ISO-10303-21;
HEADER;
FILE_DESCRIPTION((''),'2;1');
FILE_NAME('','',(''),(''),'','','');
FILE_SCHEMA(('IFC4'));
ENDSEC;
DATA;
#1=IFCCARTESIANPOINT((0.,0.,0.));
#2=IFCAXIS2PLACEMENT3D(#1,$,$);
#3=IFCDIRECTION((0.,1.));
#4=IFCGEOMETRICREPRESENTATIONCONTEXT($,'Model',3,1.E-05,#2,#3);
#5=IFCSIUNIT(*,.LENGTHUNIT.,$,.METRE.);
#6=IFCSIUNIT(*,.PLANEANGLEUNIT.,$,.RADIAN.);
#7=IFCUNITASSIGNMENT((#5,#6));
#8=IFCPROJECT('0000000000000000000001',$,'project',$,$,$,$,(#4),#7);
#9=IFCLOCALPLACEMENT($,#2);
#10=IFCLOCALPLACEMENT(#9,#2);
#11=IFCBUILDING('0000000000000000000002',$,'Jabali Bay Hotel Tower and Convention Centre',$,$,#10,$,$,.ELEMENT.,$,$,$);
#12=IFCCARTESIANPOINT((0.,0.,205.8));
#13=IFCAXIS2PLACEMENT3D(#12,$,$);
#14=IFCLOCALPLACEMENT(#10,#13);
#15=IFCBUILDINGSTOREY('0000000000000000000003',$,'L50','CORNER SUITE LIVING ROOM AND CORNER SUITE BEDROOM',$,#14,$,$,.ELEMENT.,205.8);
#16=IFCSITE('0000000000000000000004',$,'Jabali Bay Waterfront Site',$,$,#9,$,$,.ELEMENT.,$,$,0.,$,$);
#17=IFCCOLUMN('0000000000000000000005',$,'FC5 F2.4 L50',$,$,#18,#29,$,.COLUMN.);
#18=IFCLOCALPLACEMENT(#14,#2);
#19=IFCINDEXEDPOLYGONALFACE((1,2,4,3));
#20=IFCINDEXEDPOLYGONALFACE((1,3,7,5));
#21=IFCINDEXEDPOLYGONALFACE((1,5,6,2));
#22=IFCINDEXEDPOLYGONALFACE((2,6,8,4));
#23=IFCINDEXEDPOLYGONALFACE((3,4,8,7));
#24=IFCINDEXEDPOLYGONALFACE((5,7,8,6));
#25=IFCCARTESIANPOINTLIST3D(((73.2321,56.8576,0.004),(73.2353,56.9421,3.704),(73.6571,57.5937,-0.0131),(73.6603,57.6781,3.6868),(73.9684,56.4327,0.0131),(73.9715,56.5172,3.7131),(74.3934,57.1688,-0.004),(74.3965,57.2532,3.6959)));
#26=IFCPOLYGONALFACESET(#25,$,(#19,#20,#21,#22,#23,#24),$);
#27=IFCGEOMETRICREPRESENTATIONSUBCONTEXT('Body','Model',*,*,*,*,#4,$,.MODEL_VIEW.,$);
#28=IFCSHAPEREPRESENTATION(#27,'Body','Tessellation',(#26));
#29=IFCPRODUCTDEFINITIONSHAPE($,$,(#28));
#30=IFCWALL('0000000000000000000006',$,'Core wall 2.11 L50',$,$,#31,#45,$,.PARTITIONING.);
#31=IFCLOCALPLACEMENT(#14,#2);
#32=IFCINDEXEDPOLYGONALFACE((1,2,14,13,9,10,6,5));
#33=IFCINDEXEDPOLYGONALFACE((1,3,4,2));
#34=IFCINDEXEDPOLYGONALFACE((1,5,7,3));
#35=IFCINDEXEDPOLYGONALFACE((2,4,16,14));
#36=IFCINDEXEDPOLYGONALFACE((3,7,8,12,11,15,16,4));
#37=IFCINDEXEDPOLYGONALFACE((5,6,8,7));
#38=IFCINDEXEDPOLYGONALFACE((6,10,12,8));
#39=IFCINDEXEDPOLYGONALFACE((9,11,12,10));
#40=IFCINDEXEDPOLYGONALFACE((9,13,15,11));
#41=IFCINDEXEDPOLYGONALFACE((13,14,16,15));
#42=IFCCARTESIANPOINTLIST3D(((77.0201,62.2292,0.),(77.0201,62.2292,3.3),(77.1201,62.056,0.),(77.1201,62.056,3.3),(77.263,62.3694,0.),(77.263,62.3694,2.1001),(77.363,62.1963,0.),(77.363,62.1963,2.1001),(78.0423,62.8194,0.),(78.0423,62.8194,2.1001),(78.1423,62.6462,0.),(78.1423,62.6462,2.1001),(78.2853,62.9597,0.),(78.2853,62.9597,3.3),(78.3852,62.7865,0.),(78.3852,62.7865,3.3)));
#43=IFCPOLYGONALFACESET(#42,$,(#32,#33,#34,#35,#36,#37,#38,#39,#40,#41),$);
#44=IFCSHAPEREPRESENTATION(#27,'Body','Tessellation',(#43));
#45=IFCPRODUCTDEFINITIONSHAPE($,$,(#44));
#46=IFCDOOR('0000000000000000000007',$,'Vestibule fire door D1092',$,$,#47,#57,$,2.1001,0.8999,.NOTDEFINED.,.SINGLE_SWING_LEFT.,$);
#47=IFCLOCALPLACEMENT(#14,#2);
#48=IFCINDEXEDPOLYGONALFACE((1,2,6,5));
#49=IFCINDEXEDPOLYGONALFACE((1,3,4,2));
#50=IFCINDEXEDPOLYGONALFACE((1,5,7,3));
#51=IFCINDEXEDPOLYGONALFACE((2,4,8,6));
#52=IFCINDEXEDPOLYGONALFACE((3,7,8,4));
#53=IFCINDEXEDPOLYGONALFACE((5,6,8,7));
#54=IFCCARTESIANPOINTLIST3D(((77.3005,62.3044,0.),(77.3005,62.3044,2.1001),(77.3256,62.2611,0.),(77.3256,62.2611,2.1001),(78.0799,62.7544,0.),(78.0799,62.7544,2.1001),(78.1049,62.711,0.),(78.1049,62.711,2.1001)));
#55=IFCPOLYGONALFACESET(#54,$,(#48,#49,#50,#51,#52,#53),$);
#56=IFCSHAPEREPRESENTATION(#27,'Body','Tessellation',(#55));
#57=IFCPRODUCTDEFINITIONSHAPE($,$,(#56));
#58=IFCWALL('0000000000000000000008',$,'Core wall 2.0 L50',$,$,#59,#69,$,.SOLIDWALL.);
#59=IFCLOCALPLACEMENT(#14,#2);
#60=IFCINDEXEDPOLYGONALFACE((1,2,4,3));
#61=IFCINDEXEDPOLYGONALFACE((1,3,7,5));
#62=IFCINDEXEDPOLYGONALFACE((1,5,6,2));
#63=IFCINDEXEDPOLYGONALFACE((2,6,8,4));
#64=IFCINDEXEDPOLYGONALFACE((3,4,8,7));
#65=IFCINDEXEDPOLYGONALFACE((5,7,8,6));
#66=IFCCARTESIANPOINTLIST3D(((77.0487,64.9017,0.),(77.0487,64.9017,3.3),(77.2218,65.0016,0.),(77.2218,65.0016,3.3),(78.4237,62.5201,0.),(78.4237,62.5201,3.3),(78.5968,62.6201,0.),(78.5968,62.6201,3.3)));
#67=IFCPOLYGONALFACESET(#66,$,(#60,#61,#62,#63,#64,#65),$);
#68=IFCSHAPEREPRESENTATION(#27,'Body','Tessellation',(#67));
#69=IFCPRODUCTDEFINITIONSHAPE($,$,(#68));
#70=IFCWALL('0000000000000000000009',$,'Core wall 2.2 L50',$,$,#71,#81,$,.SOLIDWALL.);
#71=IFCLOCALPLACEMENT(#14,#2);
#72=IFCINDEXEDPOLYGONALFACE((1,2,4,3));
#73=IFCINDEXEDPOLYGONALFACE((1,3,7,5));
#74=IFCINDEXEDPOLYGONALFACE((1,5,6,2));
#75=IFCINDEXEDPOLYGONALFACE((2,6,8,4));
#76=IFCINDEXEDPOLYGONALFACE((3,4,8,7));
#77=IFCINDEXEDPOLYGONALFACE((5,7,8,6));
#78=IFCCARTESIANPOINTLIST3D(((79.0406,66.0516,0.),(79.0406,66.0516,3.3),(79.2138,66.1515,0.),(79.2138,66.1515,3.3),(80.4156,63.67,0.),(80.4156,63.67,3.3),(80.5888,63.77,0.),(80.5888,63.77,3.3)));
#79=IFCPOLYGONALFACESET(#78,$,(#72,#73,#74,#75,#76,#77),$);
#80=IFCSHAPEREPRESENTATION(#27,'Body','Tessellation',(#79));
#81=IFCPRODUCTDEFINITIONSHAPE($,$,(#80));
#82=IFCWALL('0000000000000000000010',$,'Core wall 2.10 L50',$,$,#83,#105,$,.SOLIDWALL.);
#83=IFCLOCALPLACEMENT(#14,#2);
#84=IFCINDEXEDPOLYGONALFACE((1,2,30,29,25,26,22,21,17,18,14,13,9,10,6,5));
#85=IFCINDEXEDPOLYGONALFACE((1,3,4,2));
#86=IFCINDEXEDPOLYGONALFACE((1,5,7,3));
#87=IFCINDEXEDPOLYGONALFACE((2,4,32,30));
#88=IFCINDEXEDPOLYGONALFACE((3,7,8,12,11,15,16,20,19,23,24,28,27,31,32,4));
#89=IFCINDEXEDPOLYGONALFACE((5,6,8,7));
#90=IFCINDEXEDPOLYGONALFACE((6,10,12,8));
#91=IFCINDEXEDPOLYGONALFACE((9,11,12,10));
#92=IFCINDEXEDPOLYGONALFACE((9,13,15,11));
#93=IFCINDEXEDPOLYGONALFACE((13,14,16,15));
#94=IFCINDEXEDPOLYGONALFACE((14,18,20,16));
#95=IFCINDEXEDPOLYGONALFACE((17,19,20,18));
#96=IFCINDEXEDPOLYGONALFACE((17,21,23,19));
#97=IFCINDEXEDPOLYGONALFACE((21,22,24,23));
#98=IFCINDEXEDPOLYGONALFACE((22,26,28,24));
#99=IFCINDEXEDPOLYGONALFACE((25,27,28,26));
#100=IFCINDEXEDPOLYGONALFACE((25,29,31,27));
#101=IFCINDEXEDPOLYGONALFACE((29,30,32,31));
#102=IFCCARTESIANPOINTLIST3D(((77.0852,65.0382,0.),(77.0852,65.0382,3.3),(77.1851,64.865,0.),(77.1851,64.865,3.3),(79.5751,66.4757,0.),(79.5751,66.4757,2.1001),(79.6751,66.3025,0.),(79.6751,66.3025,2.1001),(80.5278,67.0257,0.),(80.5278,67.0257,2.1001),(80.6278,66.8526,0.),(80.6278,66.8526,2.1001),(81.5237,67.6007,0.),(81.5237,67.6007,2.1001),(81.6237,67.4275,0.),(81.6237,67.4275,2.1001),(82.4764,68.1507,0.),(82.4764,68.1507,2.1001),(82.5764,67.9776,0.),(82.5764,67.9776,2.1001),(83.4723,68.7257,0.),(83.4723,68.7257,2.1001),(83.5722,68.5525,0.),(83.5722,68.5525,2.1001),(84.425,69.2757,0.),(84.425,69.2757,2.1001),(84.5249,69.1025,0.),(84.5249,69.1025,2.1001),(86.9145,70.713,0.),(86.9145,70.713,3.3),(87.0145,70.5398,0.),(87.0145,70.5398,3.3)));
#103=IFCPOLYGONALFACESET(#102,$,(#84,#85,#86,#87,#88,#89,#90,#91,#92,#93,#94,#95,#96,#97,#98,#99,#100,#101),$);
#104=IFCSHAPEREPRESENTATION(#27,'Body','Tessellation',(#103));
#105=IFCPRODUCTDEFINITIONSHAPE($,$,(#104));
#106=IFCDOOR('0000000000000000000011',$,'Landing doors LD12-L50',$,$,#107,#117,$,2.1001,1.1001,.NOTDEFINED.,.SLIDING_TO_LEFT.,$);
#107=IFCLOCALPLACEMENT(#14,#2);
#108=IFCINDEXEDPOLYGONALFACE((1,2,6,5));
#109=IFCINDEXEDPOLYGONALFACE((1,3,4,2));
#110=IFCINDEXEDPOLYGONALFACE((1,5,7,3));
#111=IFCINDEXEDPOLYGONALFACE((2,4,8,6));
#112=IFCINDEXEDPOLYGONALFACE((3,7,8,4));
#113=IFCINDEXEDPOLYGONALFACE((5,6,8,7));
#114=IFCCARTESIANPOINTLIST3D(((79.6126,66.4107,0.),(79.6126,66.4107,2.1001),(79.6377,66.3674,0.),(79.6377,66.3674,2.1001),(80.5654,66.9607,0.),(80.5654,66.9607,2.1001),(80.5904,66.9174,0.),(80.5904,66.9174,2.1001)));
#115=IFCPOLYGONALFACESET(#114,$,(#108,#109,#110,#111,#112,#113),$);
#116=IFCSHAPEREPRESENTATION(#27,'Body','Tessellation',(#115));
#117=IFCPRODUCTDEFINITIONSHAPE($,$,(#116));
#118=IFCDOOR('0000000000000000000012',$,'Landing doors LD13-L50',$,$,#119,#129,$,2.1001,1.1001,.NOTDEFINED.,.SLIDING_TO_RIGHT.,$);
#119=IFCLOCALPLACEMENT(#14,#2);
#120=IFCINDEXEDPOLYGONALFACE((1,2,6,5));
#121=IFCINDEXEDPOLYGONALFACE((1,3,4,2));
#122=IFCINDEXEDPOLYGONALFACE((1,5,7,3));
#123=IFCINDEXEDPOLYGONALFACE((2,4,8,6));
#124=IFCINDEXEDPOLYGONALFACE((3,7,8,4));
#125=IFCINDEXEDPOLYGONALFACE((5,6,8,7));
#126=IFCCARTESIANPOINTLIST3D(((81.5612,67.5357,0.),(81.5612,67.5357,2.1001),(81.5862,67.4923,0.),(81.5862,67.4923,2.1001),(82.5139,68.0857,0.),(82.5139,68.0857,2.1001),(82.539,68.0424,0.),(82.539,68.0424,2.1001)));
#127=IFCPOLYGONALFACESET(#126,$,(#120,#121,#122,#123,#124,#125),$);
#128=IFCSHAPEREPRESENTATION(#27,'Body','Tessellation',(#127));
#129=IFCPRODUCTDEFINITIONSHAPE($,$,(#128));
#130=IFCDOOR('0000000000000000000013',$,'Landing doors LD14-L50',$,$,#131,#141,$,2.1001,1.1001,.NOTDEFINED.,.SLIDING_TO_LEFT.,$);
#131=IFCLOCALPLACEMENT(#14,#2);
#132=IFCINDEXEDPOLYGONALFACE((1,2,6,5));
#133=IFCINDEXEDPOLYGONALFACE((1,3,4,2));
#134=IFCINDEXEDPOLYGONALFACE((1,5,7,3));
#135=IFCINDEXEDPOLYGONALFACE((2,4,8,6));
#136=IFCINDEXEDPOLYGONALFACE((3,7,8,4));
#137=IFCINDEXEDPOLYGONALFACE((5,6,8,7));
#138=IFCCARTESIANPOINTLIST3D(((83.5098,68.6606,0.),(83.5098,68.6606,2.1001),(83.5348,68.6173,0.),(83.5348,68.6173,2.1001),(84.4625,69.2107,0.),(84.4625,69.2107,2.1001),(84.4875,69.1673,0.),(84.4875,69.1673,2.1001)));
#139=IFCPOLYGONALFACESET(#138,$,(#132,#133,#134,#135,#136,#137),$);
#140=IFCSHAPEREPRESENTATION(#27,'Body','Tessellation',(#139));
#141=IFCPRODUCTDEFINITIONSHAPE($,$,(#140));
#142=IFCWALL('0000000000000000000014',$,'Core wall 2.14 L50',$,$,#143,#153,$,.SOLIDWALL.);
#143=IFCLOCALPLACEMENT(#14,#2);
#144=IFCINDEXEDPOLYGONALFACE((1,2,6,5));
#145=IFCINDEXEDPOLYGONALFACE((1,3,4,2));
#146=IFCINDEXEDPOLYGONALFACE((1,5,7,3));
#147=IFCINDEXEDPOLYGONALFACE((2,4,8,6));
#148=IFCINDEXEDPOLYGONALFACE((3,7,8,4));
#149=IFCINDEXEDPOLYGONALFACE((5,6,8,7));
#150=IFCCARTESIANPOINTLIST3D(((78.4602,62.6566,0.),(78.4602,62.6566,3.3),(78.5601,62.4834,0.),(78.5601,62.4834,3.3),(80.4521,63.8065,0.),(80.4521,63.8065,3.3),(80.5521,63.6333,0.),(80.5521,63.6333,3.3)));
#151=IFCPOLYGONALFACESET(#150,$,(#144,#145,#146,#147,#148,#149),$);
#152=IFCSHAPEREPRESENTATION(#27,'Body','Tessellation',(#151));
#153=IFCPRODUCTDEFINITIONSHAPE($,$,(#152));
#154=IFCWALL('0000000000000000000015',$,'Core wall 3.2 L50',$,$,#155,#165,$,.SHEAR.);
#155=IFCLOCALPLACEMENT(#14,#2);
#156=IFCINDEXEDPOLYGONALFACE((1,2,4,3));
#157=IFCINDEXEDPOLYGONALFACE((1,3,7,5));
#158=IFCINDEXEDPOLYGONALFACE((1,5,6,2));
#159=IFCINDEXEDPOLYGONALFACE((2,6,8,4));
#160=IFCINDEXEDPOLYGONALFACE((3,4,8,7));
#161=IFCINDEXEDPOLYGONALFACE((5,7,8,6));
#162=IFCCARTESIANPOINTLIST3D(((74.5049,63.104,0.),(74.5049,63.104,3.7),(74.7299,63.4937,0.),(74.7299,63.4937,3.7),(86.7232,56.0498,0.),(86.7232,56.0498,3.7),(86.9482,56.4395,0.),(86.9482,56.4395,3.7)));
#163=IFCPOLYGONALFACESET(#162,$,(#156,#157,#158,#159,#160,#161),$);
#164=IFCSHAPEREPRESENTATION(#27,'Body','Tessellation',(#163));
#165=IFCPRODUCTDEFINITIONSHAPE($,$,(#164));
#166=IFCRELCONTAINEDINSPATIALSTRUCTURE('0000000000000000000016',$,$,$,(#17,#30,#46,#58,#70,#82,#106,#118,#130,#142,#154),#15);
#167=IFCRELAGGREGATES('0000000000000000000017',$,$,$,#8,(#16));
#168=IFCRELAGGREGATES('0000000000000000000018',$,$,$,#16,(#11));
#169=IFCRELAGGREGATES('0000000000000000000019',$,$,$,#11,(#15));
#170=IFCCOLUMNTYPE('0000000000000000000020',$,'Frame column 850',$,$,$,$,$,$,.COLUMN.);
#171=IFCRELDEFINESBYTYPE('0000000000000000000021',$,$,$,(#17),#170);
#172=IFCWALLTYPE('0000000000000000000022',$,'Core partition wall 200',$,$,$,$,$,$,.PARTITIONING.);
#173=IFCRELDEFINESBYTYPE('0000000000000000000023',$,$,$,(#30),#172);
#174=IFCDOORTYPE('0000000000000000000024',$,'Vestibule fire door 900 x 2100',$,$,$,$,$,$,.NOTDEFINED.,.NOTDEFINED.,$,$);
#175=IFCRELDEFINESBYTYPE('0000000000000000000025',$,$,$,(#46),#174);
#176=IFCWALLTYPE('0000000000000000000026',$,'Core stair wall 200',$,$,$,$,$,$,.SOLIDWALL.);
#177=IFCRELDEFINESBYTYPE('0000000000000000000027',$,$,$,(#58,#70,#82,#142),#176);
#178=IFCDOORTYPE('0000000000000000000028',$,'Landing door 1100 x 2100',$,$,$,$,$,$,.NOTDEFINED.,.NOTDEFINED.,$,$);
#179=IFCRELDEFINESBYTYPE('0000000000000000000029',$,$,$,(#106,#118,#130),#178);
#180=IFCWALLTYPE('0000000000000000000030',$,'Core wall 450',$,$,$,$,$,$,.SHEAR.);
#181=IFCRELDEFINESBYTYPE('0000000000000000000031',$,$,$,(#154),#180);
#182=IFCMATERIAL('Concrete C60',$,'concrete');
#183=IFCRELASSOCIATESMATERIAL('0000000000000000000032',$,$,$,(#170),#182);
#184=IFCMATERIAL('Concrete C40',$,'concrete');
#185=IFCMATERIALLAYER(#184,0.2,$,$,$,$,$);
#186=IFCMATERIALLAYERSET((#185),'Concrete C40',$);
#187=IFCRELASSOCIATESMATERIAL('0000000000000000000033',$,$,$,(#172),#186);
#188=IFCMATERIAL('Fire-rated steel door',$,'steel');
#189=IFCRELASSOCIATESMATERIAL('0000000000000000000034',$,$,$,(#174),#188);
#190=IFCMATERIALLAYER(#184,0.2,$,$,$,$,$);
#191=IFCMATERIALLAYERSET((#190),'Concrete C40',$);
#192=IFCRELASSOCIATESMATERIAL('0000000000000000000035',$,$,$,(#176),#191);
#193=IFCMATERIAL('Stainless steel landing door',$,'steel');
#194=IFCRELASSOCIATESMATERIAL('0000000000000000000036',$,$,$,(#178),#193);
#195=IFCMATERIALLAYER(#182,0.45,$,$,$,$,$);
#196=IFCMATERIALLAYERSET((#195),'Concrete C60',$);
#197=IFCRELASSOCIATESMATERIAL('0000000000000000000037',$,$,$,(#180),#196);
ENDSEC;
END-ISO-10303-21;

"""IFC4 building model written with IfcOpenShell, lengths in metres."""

from ifc_helpers import new_model, si_unit, direction, frame, frame_2d, origin, origin_2d, place, context, subcontext, project, spatial, rectangle, extrude, material, layer, layer_set, material_profile, profile_set, type_object, element, fill, save


model = new_model("IFC4")

# Units and contexts
model_context = context("Model", 3, precision=1e-05, world=origin(), true_north=direction((0.0, 1.0)))
body_context = subcontext(model_context, "Body", "Model", "MODEL_VIEW")
ifc_project = project(units=[si_unit("LENGTHUNIT", "METRE"), si_unit("PLANEANGLEUNIT", "RADIAN")], contexts=[model_context])

# Site, building, storey
site_placement = place(None, origin())
site = spatial("IfcSite", under=ifc_project, at=site_placement, Name="Jabali Bay Waterfront Site", CompositionType="ELEMENT", RefElevation=0.0)
building_placement = place(site_placement, origin())
building = spatial("IfcBuilding", under=site, at=building_placement, Name="Jabali Bay Hotel Tower and Convention Centre", CompositionType="ELEMENT")
storey_placement = place(building_placement, frame((0.0, 0.0, 205.8)))
storey = spatial("IfcBuildingStorey", under=building, at=storey_placement, Name="L50", Description="CORNER SUITE LIVING ROOM AND CORNER SUITE BEDROOM", CompositionType="ELEMENT", Elevation=205.8)

# Column
ifc_material_1 = material(Name="Concrete C60", Category="concrete")
ifc_material_profile = material_profile(ifc_material_1, rectangle(XDim=0.8501, YDim=0.8501, at=origin_2d()), Name="Frame column 850")
ifc_profile_set = profile_set([ifc_material_profile], Name="Concrete C60")
column_type = type_object("IfcColumnType", Name="Frame column 850", PredefinedType="COLUMN", material=ifc_profile_set)
column_placement = place(storey_placement, frame((73.8127, 57.0132, 0.0), z_axis=(0.000858, 0.022825, 0.999739), x_axis=(-0.499939, -0.865825, 0.020196)))
element("IfcColumn", 1, at=column_placement, inside=storey, type_object=column_type, Name="FC5 F2.4 L50", PredefinedType="COLUMN", context=body_context, shape_type="SweptSolid", body=[
    extrude(rectangle(XDim=0.8501, YDim=0.8501, at=origin_2d()), origin(), (0.0, 0.0, 1.0), 3.7009),
])

# Wall, opening, door
ifc_material_2 = material(Name="Concrete C40", Category="concrete")
ifc_layer_1 = layer(ifc_material_2, 0.2)
ifc_layer_set_1 = layer_set([ifc_layer_1], Name="Concrete C40")
wall_type_1 = type_object("IfcWallType", Name="Core partition wall 200", PredefinedType="PARTITIONING", material=ifc_layer_set_1)
wall_1_placement = place(storey_placement, frame((77.0701, 62.1426, 0.0), z_axis=(0.0, 0.0, 1.0), x_axis=(0.866013, 0.500021, 0.0)))
wall_1 = element("IfcWall", 2, at=wall_1_placement, inside=storey, type_object=wall_type_1, Name="Core wall 2.11 L50", PredefinedType="PARTITIONING", context=body_context, shape_type="SweptSolid", body=[
    extrude(rectangle(XDim=1.4609, YDim=0.2, at=frame_2d((0.7305, 0.0))), origin(), (0.0, 0.0, 1.0), 3.3),
])
opening_1_placement = place(wall_1_placement, frame((0.2805, 0.0, 0.0)))
opening_1 = element("IfcOpeningElement", 3, at=opening_1_placement, cuts=wall_1, PredefinedType="OPENING", context=body_context, shape_type="SweptSolid", body=[
    extrude(rectangle(XDim=0.8999, YDim=2.1001, at=frame_2d((0.45, 1.05))), frame((0.0, 0.1104, 0.0), z_axis=(0.0, -1.0, 0.0), x_axis=(1.0, 0.0, 0.0)), (0.0, 0.0, 1.0), 0.2209),
])
ifc_material_3 = material(Name="Fire-rated steel door", Category="steel")
door_type_1 = type_object("IfcDoorType", Name="Vestibule fire door 900 x 2100", OperationType="NOTDEFINED", PredefinedType="NOTDEFINED", material=ifc_material_3)
door_1_placement = place(opening_1_placement, origin())
door_1 = element("IfcDoor", 4, at=door_1_placement, inside=storey, type_object=door_type_1, Name="Vestibule fire door D1092", OperationType="SINGLE_SWING_LEFT", OverallHeight=2.1001, OverallWidth=0.8999, PredefinedType="NOTDEFINED", context=body_context, shape_type="SweptSolid", body=[
    extrude(rectangle(XDim=0.8999, YDim=2.1001, at=frame_2d((0.45, 1.05))), frame((0.0, 0.0249, 0.0), z_axis=(0.0, -1.0, 0.0), x_axis=(1.0, 0.0, 0.0)), (0.0, 0.0, 1.0), 0.05),
])
fill(opening_1, door_1)

# Walls
ifc_layer_2 = layer(ifc_material_2, 0.2)
ifc_layer_set_2 = layer_set([ifc_layer_2], Name="Concrete C40")
wall_type_2 = type_object("IfcWallType", Name="Core stair wall 200", PredefinedType="SOLIDWALL", material=ifc_layer_set_2)
for number, where, z_axis, x_axis, name in (
    (5, (77.1353, 64.9517, 0.0), (0.0, 0.0, 1.0), (0.499997, -0.866027, 0.0), "Core wall 2.0 L50"),
    (6, (79.1272, 66.1016, 0.0), (0.0, 0.0, 1.0), (0.499997, -0.866027, 0.0), "Core wall 2.2 L50"),
):
    element("IfcWall", number, at=place(storey_placement, frame(where, z_axis=z_axis, x_axis=x_axis)), inside=storey, type_object=wall_type_2, Name=name, PredefinedType="SOLIDWALL", context=body_context, shape_type="SweptSolid", body=[
        extrude(rectangle(XDim=2.75, YDim=0.2, at=frame_2d((1.375, 0.0))), origin(), (0.0, 0.0, 1.0), 3.3),
    ])

# Wall, openings, doors
wall_2_placement = place(storey_placement, frame((77.1353, 64.9517, 0.0), z_axis=(0.0, 0.0, 1.0), x_axis=(0.866032, 0.499989, 0.0)))
wall_2 = element("IfcWall", 7, at=wall_2_placement, inside=storey, type_object=wall_type_2, Name="Core wall 2.10 L50", PredefinedType="SOLIDWALL", context=body_context, shape_type="SweptSolid", body=[
    extrude(rectangle(XDim=11.3499, YDim=0.2, at=frame_2d((5.6748, 0.0))), origin(), (0.0, 0.0, 1.0), 3.3),
])
opening_2_placement = place(wall_2_placement, frame((2.875, 0.0, 0.0)))
opening_2 = element("IfcOpeningElement", 8, at=opening_2_placement, cuts=wall_2, PredefinedType="OPENING", context=body_context, shape_type="SweptSolid", body=[
    extrude(rectangle(XDim=1.1001, YDim=2.1001, at=frame_2d((0.55, 1.05))), frame((0.0, 0.1104, 0.0), z_axis=(0.0, -1.0, 0.0), x_axis=(1.0, 0.0, 0.0)), (0.0, 0.0, 1.0), 0.2209),
])
opening_3_placement = place(wall_2_placement, frame((5.125, 0.0, 0.0)))
opening_3 = element("IfcOpeningElement", 9, at=opening_3_placement, cuts=wall_2, PredefinedType="OPENING", context=body_context, shape_type="SweptSolid", body=[
    extrude(rectangle(XDim=1.1001, YDim=2.1001, at=frame_2d((0.55, 1.05))), frame((0.0, 0.1104, 0.0), z_axis=(0.0, -1.0, 0.0), x_axis=(1.0, 0.0, 0.0)), (0.0, 0.0, 1.0), 0.2209),
])
opening_4_placement = place(wall_2_placement, frame((7.375, 0.0, 0.0)))
opening_4 = element("IfcOpeningElement", 10, at=opening_4_placement, cuts=wall_2, PredefinedType="OPENING", context=body_context, shape_type="SweptSolid", body=[
    extrude(rectangle(XDim=1.1001, YDim=2.1001, at=frame_2d((0.55, 1.05))), frame((0.0, 0.1104, 0.0), z_axis=(0.0, -1.0, 0.0), x_axis=(1.0, 0.0, 0.0)), (0.0, 0.0, 1.0), 0.2209),
])
ifc_material_4 = material(Name="Stainless steel landing door", Category="steel")
door_type_2 = type_object("IfcDoorType", Name="Landing door 1100 x 2100", OperationType="NOTDEFINED", PredefinedType="NOTDEFINED", material=ifc_material_4)
door_2_placement = place(opening_2_placement, origin())
door_2 = element("IfcDoor", 11, at=door_2_placement, inside=storey, type_object=door_type_2, Name="Landing doors LD12-L50", OperationType="SLIDING_TO_LEFT", OverallHeight=2.1001, OverallWidth=1.1001, PredefinedType="NOTDEFINED", context=body_context, shape_type="SweptSolid", body=[
    extrude(rectangle(XDim=1.1001, YDim=2.1001, at=frame_2d((0.55, 1.05))), frame((0.0, 0.0249, 0.0), z_axis=(0.0, -1.0, 0.0), x_axis=(1.0, 0.0, 0.0)), (0.0, 0.0, 1.0), 0.05),
])
fill(opening_2, door_2)
door_3_placement = place(opening_3_placement, origin())
door_3 = element("IfcDoor", 12, at=door_3_placement, inside=storey, type_object=door_type_2, Name="Landing doors LD13-L50", OperationType="SLIDING_TO_RIGHT", OverallHeight=2.1001, OverallWidth=1.1001, PredefinedType="NOTDEFINED", context=body_context, shape_type="SweptSolid", body=[
    extrude(rectangle(XDim=1.1001, YDim=2.1001, at=frame_2d((0.55, 1.05))), frame((0.0, 0.0249, 0.0), z_axis=(0.0, -1.0, 0.0), x_axis=(1.0, 0.0, 0.0)), (0.0, 0.0, 1.0), 0.05),
])
fill(opening_3, door_3)
door_4_placement = place(opening_4_placement, origin())
door_4 = element("IfcDoor", 13, at=door_4_placement, inside=storey, type_object=door_type_2, Name="Landing doors LD14-L50", OperationType="SLIDING_TO_LEFT", OverallHeight=2.1001, OverallWidth=1.1001, PredefinedType="NOTDEFINED", context=body_context, shape_type="SweptSolid", body=[
    extrude(rectangle(XDim=1.1001, YDim=2.1001, at=frame_2d((0.55, 1.05))), frame((0.0, 0.0249, 0.0), z_axis=(0.0, -1.0, 0.0), x_axis=(1.0, 0.0, 0.0)), (0.0, 0.0, 1.0), 0.05),
])
fill(opening_4, door_4)

# Walls
wall_3_placement = place(storey_placement, frame((78.5103, 62.5701, 0.0), z_axis=(0.0, 0.0, 1.0), x_axis=(0.866053, 0.499952, 0.0)))
element("IfcWall", 14, at=wall_3_placement, inside=storey, type_object=wall_type_2, Name="Core wall 2.14 L50", PredefinedType="SOLIDWALL", context=body_context, shape_type="SweptSolid", body=[
    extrude(rectangle(XDim=2.3, YDim=0.2, at=frame_2d((1.1499, 0.0))), origin(), (0.0, 0.0, 1.0), 3.3),
])
ifc_layer_3 = layer(ifc_material_1, 0.45)
ifc_layer_set_3 = layer_set([ifc_layer_3], Name="Concrete C60")
wall_type_3 = type_object("IfcWallType", Name="Core wall 450", PredefinedType="SHEAR", material=ifc_layer_set_3)
wall_4_placement = place(storey_placement, frame((74.6174, 63.2988, 0.0), z_axis=(0.0, 0.0, 1.0), x_axis=(0.866026, -0.499999, 0.0)))
element("IfcWall", 15, at=wall_4_placement, inside=storey, type_object=wall_type_3, Name="Core wall 3.2 L50", PredefinedType="SHEAR", context=body_context, shape_type="SweptSolid", body=[
    extrude(rectangle(XDim=14.1084, YDim=0.45, at=frame_2d((7.0542, 0.0))), origin(), (0.0, 0.0, 1.0), 3.7),
])

save(model, "model.ifc")
